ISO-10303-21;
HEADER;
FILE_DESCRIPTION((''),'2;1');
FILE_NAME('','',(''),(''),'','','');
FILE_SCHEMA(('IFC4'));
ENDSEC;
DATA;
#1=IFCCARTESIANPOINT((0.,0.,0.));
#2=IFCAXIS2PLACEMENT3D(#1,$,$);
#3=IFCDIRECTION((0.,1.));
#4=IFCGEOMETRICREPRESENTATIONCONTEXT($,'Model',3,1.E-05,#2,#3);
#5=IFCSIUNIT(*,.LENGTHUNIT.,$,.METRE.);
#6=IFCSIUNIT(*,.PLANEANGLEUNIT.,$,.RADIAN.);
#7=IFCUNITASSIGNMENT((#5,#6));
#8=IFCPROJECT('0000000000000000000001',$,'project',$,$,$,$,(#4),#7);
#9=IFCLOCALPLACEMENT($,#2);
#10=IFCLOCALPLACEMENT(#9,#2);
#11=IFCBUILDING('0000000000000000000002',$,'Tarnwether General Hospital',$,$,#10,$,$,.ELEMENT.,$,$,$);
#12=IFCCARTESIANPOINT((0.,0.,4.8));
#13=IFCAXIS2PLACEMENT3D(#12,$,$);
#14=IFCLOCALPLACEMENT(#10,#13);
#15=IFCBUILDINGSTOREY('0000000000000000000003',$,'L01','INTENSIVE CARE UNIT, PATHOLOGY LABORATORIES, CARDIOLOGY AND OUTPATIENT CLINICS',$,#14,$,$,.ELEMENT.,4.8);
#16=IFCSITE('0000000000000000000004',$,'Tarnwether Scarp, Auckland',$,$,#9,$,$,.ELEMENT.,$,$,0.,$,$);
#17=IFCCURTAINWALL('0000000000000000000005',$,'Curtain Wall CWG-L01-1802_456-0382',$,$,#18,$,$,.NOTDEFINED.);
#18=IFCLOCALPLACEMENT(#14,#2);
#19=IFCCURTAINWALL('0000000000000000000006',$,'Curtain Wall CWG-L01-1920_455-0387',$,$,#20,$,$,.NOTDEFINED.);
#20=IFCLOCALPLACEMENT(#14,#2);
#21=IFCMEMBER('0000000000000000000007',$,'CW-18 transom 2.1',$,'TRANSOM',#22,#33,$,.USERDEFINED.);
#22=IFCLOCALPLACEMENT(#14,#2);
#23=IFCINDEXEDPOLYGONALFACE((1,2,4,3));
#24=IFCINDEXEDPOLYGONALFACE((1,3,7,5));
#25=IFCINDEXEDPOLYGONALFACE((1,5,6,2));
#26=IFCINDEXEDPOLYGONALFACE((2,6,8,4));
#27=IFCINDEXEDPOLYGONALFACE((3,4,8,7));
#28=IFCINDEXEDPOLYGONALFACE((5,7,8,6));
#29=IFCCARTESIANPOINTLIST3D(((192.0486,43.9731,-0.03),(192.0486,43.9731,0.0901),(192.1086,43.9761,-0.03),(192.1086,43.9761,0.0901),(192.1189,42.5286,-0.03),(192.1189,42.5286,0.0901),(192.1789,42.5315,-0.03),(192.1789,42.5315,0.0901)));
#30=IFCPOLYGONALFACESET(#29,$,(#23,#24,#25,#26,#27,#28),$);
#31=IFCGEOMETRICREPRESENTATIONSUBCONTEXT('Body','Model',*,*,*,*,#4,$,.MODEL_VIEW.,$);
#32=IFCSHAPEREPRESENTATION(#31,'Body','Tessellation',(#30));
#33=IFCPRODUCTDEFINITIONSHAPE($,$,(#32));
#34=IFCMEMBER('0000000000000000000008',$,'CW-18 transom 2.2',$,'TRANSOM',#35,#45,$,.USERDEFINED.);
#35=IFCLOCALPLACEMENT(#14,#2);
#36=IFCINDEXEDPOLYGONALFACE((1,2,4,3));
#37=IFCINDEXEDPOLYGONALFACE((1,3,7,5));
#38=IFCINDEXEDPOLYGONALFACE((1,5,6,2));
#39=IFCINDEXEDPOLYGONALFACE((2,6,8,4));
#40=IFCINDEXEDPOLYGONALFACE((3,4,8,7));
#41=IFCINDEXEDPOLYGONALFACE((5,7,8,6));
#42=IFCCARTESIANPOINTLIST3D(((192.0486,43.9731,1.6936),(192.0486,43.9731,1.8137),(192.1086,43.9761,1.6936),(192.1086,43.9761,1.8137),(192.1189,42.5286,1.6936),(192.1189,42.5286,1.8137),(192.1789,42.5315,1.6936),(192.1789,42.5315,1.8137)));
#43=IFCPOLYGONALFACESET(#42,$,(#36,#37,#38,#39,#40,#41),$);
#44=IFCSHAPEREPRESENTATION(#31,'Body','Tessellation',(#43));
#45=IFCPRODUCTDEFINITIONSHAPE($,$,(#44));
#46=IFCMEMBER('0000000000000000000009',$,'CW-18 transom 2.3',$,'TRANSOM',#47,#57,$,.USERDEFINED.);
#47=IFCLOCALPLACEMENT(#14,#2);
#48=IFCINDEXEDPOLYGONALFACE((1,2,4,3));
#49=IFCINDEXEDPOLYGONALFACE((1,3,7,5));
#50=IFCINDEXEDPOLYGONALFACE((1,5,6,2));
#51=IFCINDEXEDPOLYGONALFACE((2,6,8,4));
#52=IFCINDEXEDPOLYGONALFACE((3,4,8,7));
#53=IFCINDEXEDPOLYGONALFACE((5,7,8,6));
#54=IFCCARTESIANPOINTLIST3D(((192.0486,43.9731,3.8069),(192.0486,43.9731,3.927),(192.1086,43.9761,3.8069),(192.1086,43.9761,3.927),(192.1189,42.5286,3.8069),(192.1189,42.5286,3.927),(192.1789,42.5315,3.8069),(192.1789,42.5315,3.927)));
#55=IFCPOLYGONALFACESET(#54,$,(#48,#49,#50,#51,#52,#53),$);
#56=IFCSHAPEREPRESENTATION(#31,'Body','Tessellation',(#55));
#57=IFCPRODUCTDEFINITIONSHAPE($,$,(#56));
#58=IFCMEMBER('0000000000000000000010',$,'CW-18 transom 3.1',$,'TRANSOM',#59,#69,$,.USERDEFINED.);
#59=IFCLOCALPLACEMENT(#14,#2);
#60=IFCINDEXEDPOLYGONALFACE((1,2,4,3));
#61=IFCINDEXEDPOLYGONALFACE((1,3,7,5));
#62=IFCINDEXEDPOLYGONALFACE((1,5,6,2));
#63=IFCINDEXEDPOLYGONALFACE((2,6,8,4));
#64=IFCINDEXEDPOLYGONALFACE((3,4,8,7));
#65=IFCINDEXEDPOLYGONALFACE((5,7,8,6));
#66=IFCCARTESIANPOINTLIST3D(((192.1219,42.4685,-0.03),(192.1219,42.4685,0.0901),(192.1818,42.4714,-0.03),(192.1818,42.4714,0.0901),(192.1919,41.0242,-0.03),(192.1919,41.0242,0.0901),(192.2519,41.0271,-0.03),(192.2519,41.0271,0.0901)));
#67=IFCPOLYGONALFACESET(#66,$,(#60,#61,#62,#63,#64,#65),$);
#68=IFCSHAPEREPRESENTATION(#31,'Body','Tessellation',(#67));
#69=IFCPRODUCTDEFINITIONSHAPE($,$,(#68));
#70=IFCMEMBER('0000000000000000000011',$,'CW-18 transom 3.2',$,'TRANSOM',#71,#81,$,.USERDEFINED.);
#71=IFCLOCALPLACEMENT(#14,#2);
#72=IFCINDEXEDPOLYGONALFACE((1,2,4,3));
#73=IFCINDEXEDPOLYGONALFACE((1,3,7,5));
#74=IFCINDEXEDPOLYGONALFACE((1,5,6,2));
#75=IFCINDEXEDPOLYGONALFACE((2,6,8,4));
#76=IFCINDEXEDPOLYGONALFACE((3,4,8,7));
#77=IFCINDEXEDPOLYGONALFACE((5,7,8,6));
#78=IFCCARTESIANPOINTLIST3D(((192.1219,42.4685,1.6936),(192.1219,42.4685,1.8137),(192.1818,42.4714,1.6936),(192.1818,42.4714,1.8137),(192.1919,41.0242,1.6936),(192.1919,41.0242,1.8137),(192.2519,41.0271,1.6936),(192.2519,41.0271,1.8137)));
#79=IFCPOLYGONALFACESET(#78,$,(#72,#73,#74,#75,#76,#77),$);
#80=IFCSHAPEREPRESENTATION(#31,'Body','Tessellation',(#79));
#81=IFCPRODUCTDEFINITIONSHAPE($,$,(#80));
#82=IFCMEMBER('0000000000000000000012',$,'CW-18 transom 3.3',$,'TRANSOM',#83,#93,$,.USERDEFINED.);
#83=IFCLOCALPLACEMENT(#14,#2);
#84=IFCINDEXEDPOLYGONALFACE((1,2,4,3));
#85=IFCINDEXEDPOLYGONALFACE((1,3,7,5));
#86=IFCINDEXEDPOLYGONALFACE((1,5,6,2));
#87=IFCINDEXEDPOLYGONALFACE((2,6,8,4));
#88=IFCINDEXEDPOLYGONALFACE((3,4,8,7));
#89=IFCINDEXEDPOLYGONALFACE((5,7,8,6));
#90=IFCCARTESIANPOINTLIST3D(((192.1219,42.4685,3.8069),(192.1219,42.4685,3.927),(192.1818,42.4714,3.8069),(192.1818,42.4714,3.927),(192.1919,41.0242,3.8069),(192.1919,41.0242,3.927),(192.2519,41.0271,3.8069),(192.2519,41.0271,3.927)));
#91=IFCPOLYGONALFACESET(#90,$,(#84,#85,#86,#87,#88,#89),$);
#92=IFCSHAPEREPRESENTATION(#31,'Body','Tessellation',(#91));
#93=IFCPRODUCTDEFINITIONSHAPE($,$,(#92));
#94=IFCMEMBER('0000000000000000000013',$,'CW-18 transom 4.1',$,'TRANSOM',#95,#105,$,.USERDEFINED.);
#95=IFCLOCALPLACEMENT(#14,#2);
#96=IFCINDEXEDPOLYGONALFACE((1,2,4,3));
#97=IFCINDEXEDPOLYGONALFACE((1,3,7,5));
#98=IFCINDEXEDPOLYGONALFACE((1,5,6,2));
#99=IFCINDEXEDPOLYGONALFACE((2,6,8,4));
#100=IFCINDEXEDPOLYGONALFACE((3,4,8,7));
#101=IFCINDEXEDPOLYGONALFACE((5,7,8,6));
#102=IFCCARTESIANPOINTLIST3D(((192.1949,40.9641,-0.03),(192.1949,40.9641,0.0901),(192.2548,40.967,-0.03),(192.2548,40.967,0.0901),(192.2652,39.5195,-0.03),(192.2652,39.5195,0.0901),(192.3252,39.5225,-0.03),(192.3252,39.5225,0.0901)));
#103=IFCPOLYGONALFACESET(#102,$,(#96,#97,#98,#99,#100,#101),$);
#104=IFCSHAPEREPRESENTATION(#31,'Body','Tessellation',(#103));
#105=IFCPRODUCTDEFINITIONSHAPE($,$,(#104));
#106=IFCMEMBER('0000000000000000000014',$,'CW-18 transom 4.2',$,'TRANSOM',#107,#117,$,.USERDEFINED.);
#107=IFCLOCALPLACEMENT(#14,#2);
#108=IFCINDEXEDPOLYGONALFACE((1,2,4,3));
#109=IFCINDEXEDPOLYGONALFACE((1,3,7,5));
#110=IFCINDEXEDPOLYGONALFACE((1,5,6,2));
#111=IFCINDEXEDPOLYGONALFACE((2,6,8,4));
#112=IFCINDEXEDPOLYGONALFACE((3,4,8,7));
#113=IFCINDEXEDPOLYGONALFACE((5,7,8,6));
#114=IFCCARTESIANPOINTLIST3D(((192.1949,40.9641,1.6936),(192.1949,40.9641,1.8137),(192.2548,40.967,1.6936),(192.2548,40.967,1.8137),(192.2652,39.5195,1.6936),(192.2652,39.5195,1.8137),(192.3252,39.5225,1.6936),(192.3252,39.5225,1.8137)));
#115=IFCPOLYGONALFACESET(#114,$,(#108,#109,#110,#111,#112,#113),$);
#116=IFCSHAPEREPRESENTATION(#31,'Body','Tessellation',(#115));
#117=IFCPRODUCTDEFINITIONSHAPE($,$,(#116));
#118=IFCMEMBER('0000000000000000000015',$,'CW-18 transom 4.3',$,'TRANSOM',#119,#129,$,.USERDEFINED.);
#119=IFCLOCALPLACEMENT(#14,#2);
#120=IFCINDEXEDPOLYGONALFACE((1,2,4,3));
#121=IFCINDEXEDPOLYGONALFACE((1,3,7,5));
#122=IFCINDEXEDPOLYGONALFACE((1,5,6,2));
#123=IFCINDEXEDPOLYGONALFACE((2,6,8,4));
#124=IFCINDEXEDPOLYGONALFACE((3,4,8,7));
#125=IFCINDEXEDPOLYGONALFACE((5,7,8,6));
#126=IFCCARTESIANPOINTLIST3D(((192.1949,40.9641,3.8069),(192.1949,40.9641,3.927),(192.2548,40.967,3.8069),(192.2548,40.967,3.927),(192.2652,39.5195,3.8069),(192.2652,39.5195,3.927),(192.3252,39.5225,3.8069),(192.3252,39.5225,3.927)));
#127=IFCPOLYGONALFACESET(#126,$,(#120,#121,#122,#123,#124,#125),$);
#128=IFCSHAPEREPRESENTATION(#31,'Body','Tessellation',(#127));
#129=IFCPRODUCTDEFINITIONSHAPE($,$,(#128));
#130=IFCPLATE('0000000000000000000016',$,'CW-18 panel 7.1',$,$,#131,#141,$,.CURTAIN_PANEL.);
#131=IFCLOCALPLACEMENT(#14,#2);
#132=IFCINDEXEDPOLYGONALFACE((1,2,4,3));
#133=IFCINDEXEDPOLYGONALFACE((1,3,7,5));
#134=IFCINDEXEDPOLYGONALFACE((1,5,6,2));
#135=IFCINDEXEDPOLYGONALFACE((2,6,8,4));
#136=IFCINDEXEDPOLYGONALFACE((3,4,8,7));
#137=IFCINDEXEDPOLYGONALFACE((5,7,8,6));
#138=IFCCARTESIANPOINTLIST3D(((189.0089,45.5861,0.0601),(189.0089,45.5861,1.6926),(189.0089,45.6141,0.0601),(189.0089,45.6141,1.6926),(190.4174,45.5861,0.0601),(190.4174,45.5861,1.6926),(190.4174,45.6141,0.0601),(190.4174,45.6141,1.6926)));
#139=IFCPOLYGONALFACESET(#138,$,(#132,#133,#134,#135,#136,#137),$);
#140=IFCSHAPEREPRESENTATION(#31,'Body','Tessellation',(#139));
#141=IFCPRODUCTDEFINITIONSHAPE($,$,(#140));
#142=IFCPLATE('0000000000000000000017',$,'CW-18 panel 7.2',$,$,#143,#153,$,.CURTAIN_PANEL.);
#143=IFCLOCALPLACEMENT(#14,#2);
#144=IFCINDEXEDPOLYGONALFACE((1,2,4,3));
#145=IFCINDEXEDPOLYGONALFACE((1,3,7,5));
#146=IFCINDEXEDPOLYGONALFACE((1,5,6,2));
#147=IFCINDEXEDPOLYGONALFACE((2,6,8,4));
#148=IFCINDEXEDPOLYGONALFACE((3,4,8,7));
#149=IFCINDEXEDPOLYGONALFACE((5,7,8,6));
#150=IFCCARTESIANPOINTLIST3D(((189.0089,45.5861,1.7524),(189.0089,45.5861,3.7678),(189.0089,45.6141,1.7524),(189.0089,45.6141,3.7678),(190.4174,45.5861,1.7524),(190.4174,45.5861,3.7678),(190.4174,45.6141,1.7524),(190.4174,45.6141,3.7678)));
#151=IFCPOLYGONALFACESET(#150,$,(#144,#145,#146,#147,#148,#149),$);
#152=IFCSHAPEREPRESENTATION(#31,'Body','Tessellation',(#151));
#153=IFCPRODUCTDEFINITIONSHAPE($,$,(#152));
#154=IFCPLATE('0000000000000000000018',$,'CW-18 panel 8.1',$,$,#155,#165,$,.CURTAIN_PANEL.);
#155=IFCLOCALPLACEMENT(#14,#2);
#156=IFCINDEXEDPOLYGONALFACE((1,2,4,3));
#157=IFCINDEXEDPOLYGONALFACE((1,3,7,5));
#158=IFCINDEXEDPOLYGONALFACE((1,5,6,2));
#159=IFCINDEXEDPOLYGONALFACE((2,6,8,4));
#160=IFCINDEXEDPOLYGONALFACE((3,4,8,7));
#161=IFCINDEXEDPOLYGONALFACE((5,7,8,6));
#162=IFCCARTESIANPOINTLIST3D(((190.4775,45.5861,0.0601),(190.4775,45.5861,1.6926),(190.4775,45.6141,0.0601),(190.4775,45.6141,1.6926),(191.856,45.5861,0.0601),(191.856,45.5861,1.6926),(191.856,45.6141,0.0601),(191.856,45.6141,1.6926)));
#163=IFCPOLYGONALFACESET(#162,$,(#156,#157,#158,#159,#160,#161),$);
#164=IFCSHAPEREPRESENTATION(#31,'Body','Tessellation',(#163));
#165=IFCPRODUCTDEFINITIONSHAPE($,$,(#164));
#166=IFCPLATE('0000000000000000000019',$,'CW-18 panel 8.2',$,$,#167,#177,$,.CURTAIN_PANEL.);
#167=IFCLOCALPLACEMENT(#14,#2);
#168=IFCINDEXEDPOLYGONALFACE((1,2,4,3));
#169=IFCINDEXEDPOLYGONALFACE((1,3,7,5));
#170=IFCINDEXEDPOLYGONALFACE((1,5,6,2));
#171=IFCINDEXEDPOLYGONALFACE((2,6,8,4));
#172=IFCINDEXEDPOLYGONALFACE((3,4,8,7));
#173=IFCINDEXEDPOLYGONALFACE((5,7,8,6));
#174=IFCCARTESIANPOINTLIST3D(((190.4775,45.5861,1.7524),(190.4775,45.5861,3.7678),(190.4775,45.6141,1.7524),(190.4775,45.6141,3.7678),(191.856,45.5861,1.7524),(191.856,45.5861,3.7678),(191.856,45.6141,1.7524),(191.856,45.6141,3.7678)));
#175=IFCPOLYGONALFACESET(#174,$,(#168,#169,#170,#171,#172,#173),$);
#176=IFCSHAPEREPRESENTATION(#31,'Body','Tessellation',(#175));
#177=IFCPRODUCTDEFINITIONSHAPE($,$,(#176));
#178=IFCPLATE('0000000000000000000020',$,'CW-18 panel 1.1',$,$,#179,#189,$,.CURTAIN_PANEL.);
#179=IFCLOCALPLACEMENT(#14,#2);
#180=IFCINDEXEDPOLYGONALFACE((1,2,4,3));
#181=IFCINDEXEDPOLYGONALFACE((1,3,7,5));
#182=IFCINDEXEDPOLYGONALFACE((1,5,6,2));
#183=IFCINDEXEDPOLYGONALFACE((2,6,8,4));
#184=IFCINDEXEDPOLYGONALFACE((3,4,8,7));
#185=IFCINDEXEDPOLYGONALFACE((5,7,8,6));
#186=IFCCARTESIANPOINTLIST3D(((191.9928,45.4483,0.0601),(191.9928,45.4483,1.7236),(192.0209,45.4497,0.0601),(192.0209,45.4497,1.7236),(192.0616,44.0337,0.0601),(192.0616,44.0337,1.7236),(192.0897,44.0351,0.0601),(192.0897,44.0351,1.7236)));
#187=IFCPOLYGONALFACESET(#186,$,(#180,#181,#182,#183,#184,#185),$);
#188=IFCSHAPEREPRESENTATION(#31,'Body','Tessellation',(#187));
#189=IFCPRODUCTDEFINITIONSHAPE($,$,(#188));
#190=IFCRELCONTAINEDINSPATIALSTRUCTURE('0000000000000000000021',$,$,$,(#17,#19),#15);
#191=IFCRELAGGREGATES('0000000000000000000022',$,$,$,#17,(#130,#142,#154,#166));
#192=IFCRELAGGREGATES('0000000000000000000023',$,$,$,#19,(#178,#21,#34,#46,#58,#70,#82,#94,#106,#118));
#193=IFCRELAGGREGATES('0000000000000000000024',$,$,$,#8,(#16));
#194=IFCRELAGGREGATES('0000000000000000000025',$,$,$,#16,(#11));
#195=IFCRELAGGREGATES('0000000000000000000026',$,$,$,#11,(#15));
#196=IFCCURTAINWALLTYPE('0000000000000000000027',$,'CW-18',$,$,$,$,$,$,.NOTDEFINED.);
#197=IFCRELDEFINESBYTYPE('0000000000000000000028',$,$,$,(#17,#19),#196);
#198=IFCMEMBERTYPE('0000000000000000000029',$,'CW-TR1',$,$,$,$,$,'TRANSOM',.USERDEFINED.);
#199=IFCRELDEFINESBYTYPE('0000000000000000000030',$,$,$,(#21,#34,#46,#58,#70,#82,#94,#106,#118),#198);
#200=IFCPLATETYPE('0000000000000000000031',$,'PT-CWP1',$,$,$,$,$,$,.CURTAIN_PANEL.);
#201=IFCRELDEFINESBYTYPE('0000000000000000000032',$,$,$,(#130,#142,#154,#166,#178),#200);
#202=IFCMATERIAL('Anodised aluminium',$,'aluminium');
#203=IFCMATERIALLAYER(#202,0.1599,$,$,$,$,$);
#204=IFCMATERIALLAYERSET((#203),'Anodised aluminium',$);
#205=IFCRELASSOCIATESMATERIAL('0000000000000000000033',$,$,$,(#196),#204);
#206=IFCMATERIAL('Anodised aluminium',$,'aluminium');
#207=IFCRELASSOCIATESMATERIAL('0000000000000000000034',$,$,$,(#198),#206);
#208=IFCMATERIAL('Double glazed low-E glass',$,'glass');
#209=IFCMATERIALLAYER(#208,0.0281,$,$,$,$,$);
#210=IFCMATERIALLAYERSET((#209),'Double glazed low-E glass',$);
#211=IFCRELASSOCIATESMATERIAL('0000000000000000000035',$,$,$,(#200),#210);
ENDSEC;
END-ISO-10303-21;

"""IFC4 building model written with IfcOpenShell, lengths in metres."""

from ifc_helpers import new_model, si_unit, direction, frame, origin, origin_2d, place, context, subcontext, project, spatial, rectangle, extrude, material, layer, layer_set, material_profile, profile_set, type_object, element, aggregate, save


model = new_model("IFC4")

# Units and contexts
model_context = context("Model", 3, precision=1e-05, world=origin(), true_north=direction((0.0, 1.0)))
body_context = subcontext(model_context, "Body", "Model", "MODEL_VIEW")
ifc_project = project(units=[si_unit("LENGTHUNIT", "METRE"), si_unit("PLANEANGLEUNIT", "RADIAN")], contexts=[model_context])

# Site, building, storey
site_placement = place(None, origin())
site = spatial("IfcSite", under=ifc_project, at=site_placement, Name="Tarnwether Scarp, Auckland", CompositionType="ELEMENT", RefElevation=0.0)
building_placement = place(site_placement, origin())
building = spatial("IfcBuilding", under=site, at=building_placement, Name="Tarnwether General Hospital", CompositionType="ELEMENT")
storey_placement = place(building_placement, frame((0.0, 0.0, 4.8)))
storey = spatial("IfcBuildingStorey", under=building, at=storey_placement, Name="L01", Description="INTENSIVE CARE UNIT, PATHOLOGY LABORATORIES, CARDIOLOGY AND OUTPATIENT CLINICS", CompositionType="ELEMENT", Elevation=4.8)

# Curtain walls
ifc_material_1 = material(Name="Anodised aluminium", Category="aluminium")
ifc_layer_1 = layer(ifc_material_1, 0.1599)
ifc_layer_set_1 = layer_set([ifc_layer_1], Name="Anodised aluminium")
curtain_wall_type = type_object("IfcCurtainWallType", Name="CW-18", PredefinedType="NOTDEFINED", material=ifc_layer_set_1)
curtain_wall_1_placement = place(storey_placement, origin())
curtain_wall_1 = element("IfcCurtainWall", 1, at=curtain_wall_1_placement, inside=storey, type_object=curtain_wall_type, Name="Curtain Wall CWG-L01-1802_456-0382", PredefinedType="NOTDEFINED")
curtain_wall_2_placement = place(storey_placement, origin())
curtain_wall_2 = element("IfcCurtainWall", 2, at=curtain_wall_2_placement, inside=storey, type_object=curtain_wall_type, Name="Curtain Wall CWG-L01-1920_455-0387", PredefinedType="NOTDEFINED")

# Members
ifc_material_2 = material(Name="Anodised aluminium", Category="aluminium")
ifc_material_profile_1 = material_profile(ifc_material_2, rectangle(XDim=0.0601, YDim=0.1201, at=origin_2d()), Name="ALU-TRN-60x120")
ifc_profile_set_1 = profile_set([ifc_material_profile_1], Name="Anodised aluminium")
member_type_1 = type_object("IfcMemberType", Name="CW-TR1", ElementType="TRANSOM", PredefinedType="USERDEFINED", material=ifc_profile_set_1)
member_1_placement = place(storey_placement, frame((192.0786, 43.9746, 0.03), z_axis=(0.048616, -0.998818, 0.0), x_axis=(0.998818, 0.048616, 0.0)))
member_1 = element("IfcMember", 3, at=member_1_placement, type_object=member_type_1, Name="CW-18 transom 2.1", ObjectType="TRANSOM", PredefinedType="USERDEFINED", context=body_context, shape_type="SweptSolid", body=[
    extrude(rectangle(XDim=0.0601, YDim=0.1201, at=origin_2d()), origin(), (0.0, 0.0, 1.0), 1.4463),
])
member_2_placement = place(storey_placement, frame((192.0786, 43.9746, 1.7537), z_axis=(0.048616, -0.998818, 0.0), x_axis=(0.998818, 0.048616, 0.0)))
member_2 = element("IfcMember", 4, at=member_2_placement, type_object=member_type_1, Name="CW-18 transom 2.2", ObjectType="TRANSOM", PredefinedType="USERDEFINED", context=body_context, shape_type="SweptSolid", body=[
    extrude(rectangle(XDim=0.0601, YDim=0.1201, at=origin_2d()), origin(), (0.0, 0.0, 1.0), 1.4463),
])
member_3_placement = place(storey_placement, frame((192.0786, 43.9746, 3.8669), z_axis=(0.048616, -0.998818, 0.0), x_axis=(0.998818, 0.048616, 0.0)))
member_3 = element("IfcMember", 5, at=member_3_placement, type_object=member_type_1, Name="CW-18 transom 2.3", ObjectType="TRANSOM", PredefinedType="USERDEFINED", context=body_context, shape_type="SweptSolid", body=[
    extrude(rectangle(XDim=0.0601, YDim=0.1201, at=origin_2d()), origin(), (0.0, 0.0, 1.0), 1.4463),
])
member_4_placement = place(storey_placement, frame((192.1519, 42.47, 0.03), z_axis=(0.048456, -0.998825, 0.0), x_axis=(0.998825, 0.048456, 0.0)))
member_4 = element("IfcMember", 6, at=member_4_placement, type_object=member_type_1, Name="CW-18 transom 3.1", ObjectType="TRANSOM", PredefinedType="USERDEFINED", context=body_context, shape_type="SweptSolid", body=[
    extrude(rectangle(XDim=0.0601, YDim=0.1201, at=origin_2d()), origin(), (0.0, 0.0, 1.0), 1.446),
])
member_5_placement = place(storey_placement, frame((192.1519, 42.47, 1.7537), z_axis=(0.048456, -0.998825, 0.0), x_axis=(0.998825, 0.048456, 0.0)))
member_5 = element("IfcMember", 7, at=member_5_placement, type_object=member_type_1, Name="CW-18 transom 3.2", ObjectType="TRANSOM", PredefinedType="USERDEFINED", context=body_context, shape_type="SweptSolid", body=[
    extrude(rectangle(XDim=0.0601, YDim=0.1201, at=origin_2d()), origin(), (0.0, 0.0, 1.0), 1.446),
])
member_6_placement = place(storey_placement, frame((192.1519, 42.47, 3.8669), z_axis=(0.048456, -0.998825, 0.0), x_axis=(0.998825, 0.048456, 0.0)))
member_6 = element("IfcMember", 8, at=member_6_placement, type_object=member_type_1, Name="CW-18 transom 3.3", ObjectType="TRANSOM", PredefinedType="USERDEFINED", context=body_context, shape_type="SweptSolid", body=[
    extrude(rectangle(XDim=0.0601, YDim=0.1201, at=origin_2d()), origin(), (0.0, 0.0, 1.0), 1.446),
])
member_7_placement = place(storey_placement, frame((192.2249, 40.9656, 0.03), z_axis=(0.048616, -0.998818, 0.0), x_axis=(0.998818, 0.048616, 0.0)))
member_7 = element("IfcMember", 9, at=member_7_placement, type_object=member_type_1, Name="CW-18 transom 4.1", ObjectType="TRANSOM", PredefinedType="USERDEFINED", context=body_context, shape_type="SweptSolid", body=[
    extrude(rectangle(XDim=0.0601, YDim=0.1201, at=origin_2d()), origin(), (0.0, 0.0, 1.0), 1.4463),
])
member_8_placement = place(storey_placement, frame((192.2249, 40.9656, 1.7537), z_axis=(0.048616, -0.998818, 0.0), x_axis=(0.998818, 0.048616, 0.0)))
member_8 = element("IfcMember", 10, at=member_8_placement, type_object=member_type_1, Name="CW-18 transom 4.2", ObjectType="TRANSOM", PredefinedType="USERDEFINED", context=body_context, shape_type="SweptSolid", body=[
    extrude(rectangle(XDim=0.0601, YDim=0.1201, at=origin_2d()), origin(), (0.0, 0.0, 1.0), 1.4463),
])
member_9_placement = place(storey_placement, frame((192.2249, 40.9656, 3.8669), z_axis=(0.048616, -0.998818, 0.0), x_axis=(0.998818, 0.048616, 0.0)))
member_9 = element("IfcMember", 11, at=member_9_placement, type_object=member_type_1, Name="CW-18 transom 4.3", ObjectType="TRANSOM", PredefinedType="USERDEFINED", context=body_context, shape_type="SweptSolid", body=[
    extrude(rectangle(XDim=0.0601, YDim=0.1201, at=origin_2d()), origin(), (0.0, 0.0, 1.0), 1.4463),
])

# Plates
ifc_material_3 = material(Name="Double glazed low-E glass", Category="glass")
ifc_layer_2 = layer(ifc_material_3, 0.0281)
ifc_layer_set_2 = layer_set([ifc_layer_2], Name="Double glazed low-E glass")
plate_type_1 = type_object("IfcPlateType", Name="PT-CWP1", PredefinedType="CURTAIN_PANEL", material=ifc_layer_set_2)
plate_1_placement = place(storey_placement, frame((189.7131, 45.6001, 0.0601), z_axis=(0.0, 0.0, 1.0), x_axis=(1.0, 0.0, 0.0)))
plate_1 = element("IfcPlate", 12, at=plate_1_placement, type_object=plate_type_1, Name="CW-18 panel 7.1", PredefinedType="CURTAIN_PANEL", context=body_context, shape_type="SweptSolid", body=[
    extrude(rectangle(XDim=1.4084, YDim=0.0281, at=origin_2d()), origin(), (0.0, 0.0, 1.0), 1.6326),
])
plate_2_placement = place(storey_placement, frame((189.7131, 45.6001, 1.7524), z_axis=(0.0, 0.0, 1.0), x_axis=(1.0, 0.0, 0.0)))
plate_2 = element("IfcPlate", 13, at=plate_2_placement, type_object=plate_type_1, Name="CW-18 panel 7.2", PredefinedType="CURTAIN_PANEL", context=body_context, shape_type="SweptSolid", body=[
    extrude(rectangle(XDim=1.4084, YDim=0.0281, at=origin_2d()), origin(), (0.0, 0.0, 1.0), 2.0154),
])
plate_3_placement = place(storey_placement, frame((191.1667, 45.6001, 0.0601), z_axis=(0.0, 0.0, 1.0), x_axis=(1.0, 0.0, 0.0)))
plate_3 = element("IfcPlate", 14, at=plate_3_placement, type_object=plate_type_1, Name="CW-18 panel 8.1", PredefinedType="CURTAIN_PANEL", context=body_context, shape_type="SweptSolid", body=[
    extrude(rectangle(XDim=1.3784, YDim=0.0281, at=origin_2d()), origin(), (0.0, 0.0, 1.0), 1.6326),
])
plate_4_placement = place(storey_placement, frame((191.1667, 45.6001, 1.7524), z_axis=(0.0, 0.0, 1.0), x_axis=(1.0, 0.0, 0.0)))
plate_4 = element("IfcPlate", 15, at=plate_4_placement, type_object=plate_type_1, Name="CW-18 panel 8.2", PredefinedType="CURTAIN_PANEL", context=body_context, shape_type="SweptSolid", body=[
    extrude(rectangle(XDim=1.3784, YDim=0.0281, at=origin_2d()), origin(), (0.0, 0.0, 1.0), 2.0154),
])
aggregate(curtain_wall_1, [plate_1, plate_2, plate_3, plate_4])
plate_5_placement = place(storey_placement, frame((192.0413, 44.7417, 0.0601), z_axis=(0.0, 0.0, 1.0), x_axis=(0.04857, -0.99882, 0.0)))
plate_5 = element("IfcPlate", 16, at=plate_5_placement, type_object=plate_type_1, Name="CW-18 panel 1.1", PredefinedType="CURTAIN_PANEL", context=body_context, shape_type="SweptSolid", body=[
    extrude(rectangle(XDim=1.4163, YDim=0.0281, at=origin_2d()), origin(), (0.0, 0.0, 1.0), 1.6636),
])
aggregate(curtain_wall_2, [plate_5, member_1, member_2, member_3, member_4, member_5, member_6, member_7, member_8, member_9])

save(model, "model.ifc")
